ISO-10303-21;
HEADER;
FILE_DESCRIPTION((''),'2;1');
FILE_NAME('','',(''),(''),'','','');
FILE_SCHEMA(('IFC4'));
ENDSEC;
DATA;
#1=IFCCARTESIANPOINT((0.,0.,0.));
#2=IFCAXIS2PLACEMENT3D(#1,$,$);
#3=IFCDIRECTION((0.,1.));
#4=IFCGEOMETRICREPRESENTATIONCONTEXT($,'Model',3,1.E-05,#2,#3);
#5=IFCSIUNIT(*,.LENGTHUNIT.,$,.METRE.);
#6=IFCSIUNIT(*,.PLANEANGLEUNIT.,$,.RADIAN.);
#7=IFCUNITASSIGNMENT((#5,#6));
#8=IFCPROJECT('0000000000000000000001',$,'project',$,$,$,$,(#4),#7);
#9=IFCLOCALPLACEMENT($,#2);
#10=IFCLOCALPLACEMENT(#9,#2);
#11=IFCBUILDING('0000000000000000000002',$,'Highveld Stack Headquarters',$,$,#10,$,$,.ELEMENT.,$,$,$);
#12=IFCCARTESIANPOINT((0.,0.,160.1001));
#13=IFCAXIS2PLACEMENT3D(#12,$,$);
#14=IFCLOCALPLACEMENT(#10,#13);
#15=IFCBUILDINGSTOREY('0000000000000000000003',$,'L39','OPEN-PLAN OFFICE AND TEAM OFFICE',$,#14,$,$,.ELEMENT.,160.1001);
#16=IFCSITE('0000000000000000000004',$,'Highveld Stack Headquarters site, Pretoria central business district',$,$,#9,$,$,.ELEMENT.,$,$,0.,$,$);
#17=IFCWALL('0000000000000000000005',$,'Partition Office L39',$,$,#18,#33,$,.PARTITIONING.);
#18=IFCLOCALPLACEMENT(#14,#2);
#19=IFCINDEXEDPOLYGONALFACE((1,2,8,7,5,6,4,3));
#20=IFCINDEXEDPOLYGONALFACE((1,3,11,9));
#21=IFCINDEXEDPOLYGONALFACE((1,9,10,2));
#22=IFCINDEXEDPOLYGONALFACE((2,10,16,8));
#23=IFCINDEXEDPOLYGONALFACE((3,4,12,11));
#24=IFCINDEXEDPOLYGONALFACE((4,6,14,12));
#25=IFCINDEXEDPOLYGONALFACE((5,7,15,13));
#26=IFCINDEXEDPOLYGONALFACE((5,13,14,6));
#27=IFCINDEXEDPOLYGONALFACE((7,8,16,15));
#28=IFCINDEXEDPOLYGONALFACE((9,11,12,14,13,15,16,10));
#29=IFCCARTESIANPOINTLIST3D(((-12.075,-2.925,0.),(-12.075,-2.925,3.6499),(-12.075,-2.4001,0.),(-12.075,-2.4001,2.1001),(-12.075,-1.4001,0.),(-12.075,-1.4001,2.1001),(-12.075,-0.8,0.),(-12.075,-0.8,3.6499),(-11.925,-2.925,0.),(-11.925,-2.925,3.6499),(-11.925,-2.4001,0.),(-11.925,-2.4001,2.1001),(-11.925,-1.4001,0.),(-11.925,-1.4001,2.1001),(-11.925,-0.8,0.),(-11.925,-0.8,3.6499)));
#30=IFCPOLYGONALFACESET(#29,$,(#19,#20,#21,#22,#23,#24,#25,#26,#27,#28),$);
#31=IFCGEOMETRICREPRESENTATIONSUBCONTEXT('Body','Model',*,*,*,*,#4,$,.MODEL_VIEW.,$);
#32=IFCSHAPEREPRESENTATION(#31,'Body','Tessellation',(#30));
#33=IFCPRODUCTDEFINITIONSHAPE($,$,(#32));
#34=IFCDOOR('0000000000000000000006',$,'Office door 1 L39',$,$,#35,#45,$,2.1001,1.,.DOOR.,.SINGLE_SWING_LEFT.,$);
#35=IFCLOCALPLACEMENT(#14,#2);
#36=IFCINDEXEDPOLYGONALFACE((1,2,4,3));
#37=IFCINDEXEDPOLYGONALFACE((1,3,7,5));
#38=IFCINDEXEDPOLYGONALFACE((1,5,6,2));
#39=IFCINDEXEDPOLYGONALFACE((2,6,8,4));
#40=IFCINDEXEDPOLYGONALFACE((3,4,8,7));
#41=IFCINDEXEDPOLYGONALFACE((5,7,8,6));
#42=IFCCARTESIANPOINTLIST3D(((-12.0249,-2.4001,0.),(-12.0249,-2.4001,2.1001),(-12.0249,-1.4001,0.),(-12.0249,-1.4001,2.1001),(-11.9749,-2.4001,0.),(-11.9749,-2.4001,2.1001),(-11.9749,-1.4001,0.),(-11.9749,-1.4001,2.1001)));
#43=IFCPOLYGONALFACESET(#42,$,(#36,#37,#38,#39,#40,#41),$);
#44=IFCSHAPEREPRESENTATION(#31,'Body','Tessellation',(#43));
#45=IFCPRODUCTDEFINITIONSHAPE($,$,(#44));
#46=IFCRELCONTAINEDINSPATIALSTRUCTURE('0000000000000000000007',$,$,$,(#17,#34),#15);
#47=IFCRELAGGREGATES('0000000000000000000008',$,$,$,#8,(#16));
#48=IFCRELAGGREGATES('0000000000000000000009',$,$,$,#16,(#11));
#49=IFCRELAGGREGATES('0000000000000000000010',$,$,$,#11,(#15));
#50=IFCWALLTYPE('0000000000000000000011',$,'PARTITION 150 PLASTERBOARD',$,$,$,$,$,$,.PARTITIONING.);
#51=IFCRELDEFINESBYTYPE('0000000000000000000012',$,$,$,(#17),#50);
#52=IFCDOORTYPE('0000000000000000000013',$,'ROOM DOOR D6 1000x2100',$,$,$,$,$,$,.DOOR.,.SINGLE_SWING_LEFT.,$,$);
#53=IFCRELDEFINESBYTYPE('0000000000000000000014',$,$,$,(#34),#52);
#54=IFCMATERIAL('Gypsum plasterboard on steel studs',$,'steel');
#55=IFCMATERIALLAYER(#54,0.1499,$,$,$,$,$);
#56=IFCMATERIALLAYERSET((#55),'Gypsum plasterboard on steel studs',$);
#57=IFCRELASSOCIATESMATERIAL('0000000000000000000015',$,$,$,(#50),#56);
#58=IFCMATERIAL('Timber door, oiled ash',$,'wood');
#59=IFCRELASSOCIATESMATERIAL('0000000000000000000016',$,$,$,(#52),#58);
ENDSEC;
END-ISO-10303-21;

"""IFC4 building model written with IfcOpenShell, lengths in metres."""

from ifc_helpers import new_model, si_unit, direction, frame, frame_2d, origin, place, context, subcontext, project, spatial, rectangle, extrude, material, layer, layer_set, type_object, element, fill, save


model = new_model("IFC4")

# Units and contexts
model_context = context("Model", 3, precision=1e-05, world=origin(), true_north=direction((0.0, 1.0)))
body_context = subcontext(model_context, "Body", "Model", "MODEL_VIEW")
ifc_project = project(units=[si_unit("LENGTHUNIT", "METRE"), si_unit("PLANEANGLEUNIT", "RADIAN")], contexts=[model_context])

# Site, building, storey
site_placement = place(None, origin())
site = spatial("IfcSite", under=ifc_project, at=site_placement, Name="Highveld Stack Headquarters site, Pretoria central business district", CompositionType="ELEMENT", RefElevation=0.0)
building_placement = place(site_placement, origin())
building = spatial("IfcBuilding", under=site, at=building_placement, Name="Highveld Stack Headquarters", CompositionType="ELEMENT")
storey_placement = place(building_placement, frame((0.0, 0.0, 160.1001)))
storey = spatial("IfcBuildingStorey", under=building, at=storey_placement, Name="L39", Description="OPEN-PLAN OFFICE AND TEAM OFFICE", CompositionType="ELEMENT", Elevation=160.1001)

# Shared definitions
ifc_material_1 = material(Name="Gypsum plasterboard on steel studs", Category="steel")
ifc_layer_1 = layer(ifc_material_1, 0.1499)
ifc_layer_set_1 = layer_set([ifc_layer_1], Name="Gypsum plasterboard on steel studs")
wall_type = type_object("IfcWallType", Name="PARTITION 150 PLASTERBOARD", PredefinedType="PARTITIONING", material=ifc_layer_set_1)

# Wall, opening, door
ifc_material_2 = material(Name="Timber door, oiled ash", Category="wood")
door_type = type_object("IfcDoorType", Name="ROOM DOOR D6 1000x2100", OperationType="SINGLE_SWING_LEFT", PredefinedType="DOOR", material=ifc_material_2)
wall_1_placement = place(storey_placement, frame((-12.0, -2.925, 0.0), z_axis=(0.0, 0.0, 1.0), x_axis=(0.0, 1.0, 0.0)))
wall_1 = element("IfcWall", 1, at=wall_1_placement, inside=storey, type_object=wall_type, Name="Partition Office L39", PredefinedType="PARTITIONING", context=body_context, shape_type="SweptSolid", body=[
    extrude(rectangle(XDim=2.125, YDim=0.1499, at=frame_2d((1.0625, 0.0))), origin(), (0.0, 0.0, 1.0), 3.6499),
])
opening_1_placement = place(wall_1_placement, frame((0.5249, 0.0, 0.0)))
opening_1 = element("IfcOpeningElement", 2, at=opening_1_placement, cuts=wall_1, PredefinedType="OPENING", context=body_context, shape_type="SweptSolid", body=[
    extrude(rectangle(XDim=1.0, YDim=2.1001, at=frame_2d((0.5, 1.05))), frame((0.0, 0.085, 0.0), z_axis=(0.0, -1.0, 0.0), x_axis=(1.0, 0.0, 0.0)), (0.0, 0.0, 1.0), 0.1699),
])
door_1_placement = place(opening_1_placement, origin())
door_1 = element("IfcDoor", 3, at=door_1_placement, inside=storey, type_object=door_type, Name="Office door 1 L39", OperationType="SINGLE_SWING_LEFT", OverallHeight=2.1001, OverallWidth=1.0, PredefinedType="DOOR", context=body_context, shape_type="SweptSolid", body=[
    extrude(rectangle(XDim=1.0, YDim=2.1001, at=frame_2d((0.5, 1.05))), frame((0.0, 0.0249, 0.0), z_axis=(0.0, -1.0, 0.0), x_axis=(1.0, 0.0, 0.0)), (0.0, 0.0, 1.0), 0.05),
])
fill(opening_1, door_1)

save(model, "model.ifc")
